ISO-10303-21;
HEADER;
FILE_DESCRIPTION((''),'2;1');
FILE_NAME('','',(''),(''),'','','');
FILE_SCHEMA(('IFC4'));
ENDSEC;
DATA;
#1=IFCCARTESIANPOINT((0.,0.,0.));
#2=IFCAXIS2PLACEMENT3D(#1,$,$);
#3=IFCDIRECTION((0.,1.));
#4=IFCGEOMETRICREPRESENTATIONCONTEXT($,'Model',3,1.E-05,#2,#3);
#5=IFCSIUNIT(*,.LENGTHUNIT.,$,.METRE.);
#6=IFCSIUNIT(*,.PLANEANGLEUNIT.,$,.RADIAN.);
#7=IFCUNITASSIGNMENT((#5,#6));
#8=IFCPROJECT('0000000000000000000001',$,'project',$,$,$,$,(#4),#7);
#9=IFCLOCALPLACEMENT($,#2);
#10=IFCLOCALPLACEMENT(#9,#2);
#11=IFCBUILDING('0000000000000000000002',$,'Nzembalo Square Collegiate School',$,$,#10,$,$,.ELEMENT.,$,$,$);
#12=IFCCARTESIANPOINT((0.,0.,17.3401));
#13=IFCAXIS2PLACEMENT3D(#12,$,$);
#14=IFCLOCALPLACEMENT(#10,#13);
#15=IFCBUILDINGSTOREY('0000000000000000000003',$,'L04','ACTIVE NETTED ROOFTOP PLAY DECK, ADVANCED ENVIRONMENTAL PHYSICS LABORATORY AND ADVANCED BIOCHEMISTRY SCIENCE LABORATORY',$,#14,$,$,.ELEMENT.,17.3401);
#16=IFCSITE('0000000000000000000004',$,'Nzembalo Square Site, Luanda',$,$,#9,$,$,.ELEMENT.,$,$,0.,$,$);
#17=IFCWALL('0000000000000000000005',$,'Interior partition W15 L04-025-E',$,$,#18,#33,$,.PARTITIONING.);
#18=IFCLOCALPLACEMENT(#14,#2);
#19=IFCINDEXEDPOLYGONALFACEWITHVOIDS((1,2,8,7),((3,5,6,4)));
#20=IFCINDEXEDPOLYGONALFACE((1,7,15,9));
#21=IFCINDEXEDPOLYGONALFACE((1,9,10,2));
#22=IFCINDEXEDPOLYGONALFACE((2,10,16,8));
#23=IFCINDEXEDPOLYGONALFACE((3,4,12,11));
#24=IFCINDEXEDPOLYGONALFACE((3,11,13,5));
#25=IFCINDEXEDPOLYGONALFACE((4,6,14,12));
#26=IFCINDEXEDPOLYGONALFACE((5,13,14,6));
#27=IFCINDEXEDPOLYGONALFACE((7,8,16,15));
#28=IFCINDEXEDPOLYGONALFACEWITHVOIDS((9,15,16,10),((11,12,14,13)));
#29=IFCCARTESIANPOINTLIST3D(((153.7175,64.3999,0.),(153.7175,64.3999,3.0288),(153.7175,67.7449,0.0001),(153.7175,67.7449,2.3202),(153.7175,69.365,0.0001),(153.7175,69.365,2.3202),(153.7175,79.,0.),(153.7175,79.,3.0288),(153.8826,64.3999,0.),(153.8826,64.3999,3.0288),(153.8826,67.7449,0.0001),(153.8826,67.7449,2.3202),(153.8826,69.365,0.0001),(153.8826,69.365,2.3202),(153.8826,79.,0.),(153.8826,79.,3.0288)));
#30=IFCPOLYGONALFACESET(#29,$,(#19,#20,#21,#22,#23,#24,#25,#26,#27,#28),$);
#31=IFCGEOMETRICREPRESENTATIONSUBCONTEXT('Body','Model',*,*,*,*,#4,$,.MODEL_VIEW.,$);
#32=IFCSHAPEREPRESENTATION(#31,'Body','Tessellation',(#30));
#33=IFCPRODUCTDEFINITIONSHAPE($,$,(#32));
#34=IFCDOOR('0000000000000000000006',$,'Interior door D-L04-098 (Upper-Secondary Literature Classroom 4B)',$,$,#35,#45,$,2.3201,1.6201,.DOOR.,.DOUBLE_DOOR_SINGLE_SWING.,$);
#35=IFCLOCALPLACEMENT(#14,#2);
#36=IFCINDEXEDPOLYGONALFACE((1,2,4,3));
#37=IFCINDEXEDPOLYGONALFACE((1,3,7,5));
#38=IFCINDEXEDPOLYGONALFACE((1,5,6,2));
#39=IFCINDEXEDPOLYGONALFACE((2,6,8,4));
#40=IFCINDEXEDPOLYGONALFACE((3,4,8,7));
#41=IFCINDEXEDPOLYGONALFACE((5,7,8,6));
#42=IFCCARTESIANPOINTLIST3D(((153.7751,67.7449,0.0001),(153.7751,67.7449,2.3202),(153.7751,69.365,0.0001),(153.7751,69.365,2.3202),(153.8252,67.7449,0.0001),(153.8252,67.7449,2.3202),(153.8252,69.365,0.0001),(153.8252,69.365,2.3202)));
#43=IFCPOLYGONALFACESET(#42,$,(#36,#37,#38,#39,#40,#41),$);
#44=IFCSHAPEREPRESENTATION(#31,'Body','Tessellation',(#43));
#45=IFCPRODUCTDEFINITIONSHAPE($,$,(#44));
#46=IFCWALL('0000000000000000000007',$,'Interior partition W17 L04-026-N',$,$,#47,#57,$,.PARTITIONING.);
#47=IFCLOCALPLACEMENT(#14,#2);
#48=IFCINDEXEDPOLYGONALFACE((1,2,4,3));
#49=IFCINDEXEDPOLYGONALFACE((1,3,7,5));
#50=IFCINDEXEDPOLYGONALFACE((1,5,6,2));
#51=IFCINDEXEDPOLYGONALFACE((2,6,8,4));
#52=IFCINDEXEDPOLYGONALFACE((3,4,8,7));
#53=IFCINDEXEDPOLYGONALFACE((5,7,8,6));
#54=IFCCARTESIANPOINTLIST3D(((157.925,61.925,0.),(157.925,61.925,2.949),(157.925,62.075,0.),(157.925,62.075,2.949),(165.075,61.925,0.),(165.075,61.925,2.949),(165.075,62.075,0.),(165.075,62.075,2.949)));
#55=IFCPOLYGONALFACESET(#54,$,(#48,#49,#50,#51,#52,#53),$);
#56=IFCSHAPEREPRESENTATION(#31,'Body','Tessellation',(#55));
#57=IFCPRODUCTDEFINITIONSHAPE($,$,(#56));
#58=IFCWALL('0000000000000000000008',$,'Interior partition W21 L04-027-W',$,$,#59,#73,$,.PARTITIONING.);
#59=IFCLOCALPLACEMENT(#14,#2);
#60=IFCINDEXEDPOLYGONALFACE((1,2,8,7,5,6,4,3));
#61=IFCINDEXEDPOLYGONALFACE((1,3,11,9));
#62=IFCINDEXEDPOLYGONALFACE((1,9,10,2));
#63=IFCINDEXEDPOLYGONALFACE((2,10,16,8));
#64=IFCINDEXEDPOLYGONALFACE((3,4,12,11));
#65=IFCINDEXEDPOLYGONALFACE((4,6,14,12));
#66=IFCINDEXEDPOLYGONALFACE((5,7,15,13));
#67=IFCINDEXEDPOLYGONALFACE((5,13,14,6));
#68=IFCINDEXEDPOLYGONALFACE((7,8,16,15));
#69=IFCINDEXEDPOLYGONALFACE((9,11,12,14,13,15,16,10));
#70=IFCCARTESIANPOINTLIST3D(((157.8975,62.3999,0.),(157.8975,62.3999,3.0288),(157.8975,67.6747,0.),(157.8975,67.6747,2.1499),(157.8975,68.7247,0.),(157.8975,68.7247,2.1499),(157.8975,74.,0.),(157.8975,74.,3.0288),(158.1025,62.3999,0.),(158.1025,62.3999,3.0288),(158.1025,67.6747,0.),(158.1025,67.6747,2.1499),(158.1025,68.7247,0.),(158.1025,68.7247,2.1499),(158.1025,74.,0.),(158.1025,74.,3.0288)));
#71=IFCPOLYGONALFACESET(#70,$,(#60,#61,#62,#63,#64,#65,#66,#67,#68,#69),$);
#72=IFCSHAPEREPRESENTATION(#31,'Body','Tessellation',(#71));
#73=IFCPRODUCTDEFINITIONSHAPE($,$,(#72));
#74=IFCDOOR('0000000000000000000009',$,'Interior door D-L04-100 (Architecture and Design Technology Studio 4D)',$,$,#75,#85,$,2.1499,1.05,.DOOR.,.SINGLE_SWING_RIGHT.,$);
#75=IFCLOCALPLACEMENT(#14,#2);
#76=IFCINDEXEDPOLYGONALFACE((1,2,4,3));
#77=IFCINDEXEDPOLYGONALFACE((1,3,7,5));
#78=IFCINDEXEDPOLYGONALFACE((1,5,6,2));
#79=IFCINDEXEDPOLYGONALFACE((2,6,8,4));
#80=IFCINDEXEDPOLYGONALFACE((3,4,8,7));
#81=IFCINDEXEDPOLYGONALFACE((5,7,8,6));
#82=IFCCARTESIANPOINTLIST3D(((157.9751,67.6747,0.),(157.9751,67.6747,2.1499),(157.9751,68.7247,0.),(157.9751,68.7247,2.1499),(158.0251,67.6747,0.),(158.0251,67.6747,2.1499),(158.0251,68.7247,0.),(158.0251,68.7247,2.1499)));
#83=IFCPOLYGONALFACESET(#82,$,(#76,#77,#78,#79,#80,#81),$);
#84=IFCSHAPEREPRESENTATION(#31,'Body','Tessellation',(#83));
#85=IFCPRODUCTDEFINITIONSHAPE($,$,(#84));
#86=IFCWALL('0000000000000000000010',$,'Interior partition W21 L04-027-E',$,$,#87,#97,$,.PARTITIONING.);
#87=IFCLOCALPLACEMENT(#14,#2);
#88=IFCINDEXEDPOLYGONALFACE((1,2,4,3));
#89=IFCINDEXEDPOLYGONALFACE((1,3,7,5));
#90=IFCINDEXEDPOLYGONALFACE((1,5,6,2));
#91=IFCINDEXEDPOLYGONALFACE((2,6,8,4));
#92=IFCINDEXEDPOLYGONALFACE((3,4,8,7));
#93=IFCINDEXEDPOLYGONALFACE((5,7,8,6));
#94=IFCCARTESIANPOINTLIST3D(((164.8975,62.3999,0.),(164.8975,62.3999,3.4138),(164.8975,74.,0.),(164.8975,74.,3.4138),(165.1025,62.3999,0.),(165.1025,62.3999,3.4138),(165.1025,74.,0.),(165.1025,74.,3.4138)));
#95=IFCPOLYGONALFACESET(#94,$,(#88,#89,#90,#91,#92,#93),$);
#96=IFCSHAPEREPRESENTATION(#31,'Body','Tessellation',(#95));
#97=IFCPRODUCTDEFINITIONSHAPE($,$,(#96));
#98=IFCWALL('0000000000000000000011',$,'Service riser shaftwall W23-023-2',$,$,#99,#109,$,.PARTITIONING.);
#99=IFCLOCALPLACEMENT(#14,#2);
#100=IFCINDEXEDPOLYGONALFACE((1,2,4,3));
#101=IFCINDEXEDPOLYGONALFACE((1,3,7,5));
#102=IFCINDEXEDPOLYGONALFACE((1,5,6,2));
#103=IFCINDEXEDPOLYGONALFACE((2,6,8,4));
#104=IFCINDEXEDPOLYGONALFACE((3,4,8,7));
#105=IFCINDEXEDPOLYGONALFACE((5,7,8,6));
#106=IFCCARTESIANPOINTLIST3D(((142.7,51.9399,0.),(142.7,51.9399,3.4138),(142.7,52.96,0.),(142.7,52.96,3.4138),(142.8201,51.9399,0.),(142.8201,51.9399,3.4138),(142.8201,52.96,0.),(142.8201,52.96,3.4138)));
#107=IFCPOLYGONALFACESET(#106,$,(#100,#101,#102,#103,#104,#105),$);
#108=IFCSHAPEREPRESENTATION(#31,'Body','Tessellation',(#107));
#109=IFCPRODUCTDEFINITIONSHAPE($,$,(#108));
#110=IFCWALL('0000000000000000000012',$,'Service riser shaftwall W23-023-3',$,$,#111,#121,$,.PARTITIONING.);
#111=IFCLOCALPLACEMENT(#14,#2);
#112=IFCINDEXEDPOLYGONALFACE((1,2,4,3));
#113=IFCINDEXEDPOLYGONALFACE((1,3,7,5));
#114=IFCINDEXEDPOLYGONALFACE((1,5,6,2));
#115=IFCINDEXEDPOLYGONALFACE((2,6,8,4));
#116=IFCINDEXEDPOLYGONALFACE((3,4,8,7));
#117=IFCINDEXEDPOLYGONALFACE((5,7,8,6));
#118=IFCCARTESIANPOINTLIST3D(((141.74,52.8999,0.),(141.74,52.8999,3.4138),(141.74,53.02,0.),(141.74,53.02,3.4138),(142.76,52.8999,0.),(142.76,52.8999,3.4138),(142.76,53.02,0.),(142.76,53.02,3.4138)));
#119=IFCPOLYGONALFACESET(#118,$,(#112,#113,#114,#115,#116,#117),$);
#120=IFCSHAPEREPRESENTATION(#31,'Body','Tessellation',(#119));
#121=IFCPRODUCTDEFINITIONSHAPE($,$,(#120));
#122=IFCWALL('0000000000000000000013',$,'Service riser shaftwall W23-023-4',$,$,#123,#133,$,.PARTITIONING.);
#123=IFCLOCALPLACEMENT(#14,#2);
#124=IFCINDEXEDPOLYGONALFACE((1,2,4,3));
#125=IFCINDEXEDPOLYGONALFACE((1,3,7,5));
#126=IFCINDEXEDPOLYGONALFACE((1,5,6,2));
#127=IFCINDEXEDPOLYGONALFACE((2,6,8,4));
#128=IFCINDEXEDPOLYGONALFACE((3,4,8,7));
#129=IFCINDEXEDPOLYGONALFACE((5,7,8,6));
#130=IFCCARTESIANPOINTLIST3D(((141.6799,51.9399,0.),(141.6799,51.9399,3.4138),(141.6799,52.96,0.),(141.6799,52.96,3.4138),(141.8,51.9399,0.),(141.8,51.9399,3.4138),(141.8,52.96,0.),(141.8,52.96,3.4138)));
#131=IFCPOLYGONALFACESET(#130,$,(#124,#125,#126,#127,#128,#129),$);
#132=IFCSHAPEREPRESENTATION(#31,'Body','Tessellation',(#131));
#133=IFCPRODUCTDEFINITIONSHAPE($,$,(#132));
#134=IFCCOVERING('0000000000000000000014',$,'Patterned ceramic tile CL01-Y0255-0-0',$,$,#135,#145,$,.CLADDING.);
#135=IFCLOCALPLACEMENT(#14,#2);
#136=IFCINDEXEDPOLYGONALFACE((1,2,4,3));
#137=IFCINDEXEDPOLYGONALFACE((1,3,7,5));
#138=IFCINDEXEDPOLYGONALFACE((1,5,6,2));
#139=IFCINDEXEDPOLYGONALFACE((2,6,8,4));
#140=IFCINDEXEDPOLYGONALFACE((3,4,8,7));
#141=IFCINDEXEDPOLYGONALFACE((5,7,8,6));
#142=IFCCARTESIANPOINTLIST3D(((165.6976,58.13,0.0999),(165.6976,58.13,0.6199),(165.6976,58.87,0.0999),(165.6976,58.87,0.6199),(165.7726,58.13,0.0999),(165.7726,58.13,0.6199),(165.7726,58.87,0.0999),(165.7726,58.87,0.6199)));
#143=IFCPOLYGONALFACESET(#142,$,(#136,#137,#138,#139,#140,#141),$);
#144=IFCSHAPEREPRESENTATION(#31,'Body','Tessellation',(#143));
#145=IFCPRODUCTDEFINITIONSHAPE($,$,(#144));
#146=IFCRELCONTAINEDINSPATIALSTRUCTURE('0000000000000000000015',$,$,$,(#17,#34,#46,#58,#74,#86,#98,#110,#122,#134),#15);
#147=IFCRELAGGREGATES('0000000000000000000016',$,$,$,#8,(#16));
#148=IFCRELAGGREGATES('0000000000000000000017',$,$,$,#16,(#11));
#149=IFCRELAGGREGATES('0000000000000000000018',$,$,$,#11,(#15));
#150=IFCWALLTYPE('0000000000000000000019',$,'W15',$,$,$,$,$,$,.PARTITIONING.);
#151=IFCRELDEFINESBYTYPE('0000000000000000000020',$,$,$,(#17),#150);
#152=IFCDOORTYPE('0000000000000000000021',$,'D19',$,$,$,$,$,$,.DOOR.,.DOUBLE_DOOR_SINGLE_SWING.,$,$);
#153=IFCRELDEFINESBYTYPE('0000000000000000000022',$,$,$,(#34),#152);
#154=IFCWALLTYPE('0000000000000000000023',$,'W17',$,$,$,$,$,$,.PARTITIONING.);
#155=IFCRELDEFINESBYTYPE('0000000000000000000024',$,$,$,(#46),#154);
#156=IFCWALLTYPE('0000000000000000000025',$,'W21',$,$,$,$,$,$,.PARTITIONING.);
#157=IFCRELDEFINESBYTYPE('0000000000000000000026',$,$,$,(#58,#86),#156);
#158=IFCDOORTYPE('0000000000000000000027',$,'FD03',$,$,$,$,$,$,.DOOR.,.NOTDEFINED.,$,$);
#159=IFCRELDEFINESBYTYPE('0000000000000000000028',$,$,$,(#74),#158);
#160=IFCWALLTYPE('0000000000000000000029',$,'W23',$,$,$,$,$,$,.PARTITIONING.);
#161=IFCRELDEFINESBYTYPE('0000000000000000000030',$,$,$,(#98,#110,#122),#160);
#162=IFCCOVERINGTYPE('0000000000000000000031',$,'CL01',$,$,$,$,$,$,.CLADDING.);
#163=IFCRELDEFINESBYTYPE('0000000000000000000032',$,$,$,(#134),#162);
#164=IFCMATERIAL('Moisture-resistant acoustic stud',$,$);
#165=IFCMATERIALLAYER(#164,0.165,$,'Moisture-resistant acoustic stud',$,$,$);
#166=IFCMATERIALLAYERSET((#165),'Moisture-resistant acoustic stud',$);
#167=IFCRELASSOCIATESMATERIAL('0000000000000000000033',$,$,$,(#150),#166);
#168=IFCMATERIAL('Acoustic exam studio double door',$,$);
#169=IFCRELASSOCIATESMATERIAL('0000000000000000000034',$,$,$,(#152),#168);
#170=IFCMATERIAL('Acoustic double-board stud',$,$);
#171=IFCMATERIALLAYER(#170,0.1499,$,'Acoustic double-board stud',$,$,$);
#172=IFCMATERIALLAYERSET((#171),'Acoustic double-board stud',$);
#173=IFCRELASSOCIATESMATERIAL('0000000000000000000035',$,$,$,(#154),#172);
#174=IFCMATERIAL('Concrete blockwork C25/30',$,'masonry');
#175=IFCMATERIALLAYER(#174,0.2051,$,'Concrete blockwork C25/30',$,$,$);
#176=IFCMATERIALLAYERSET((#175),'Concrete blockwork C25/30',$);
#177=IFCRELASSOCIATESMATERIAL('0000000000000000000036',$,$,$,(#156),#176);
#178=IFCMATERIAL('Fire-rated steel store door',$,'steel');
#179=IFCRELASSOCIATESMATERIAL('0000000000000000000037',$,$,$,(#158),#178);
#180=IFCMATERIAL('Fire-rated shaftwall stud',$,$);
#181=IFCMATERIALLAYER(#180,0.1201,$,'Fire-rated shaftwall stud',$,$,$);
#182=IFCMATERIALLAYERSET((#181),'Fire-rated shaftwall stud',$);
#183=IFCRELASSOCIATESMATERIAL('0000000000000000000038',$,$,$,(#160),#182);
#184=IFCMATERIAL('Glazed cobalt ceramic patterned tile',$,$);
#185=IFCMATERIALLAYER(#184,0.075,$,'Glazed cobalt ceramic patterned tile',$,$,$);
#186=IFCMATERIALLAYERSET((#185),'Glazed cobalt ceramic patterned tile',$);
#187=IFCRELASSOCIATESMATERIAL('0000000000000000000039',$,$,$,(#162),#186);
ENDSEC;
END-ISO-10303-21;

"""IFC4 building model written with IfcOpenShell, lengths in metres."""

from ifc_helpers import new_model, si_unit, direction, frame, frame_2d, origin, origin_2d, place, context, subcontext, project, spatial, rectangle, extrude, material, layer, layer_set, type_object, element, fill, save


model = new_model("IFC4")

# Units and contexts
model_context = context("Model", 3, precision=1e-05, world=origin(), true_north=direction((0.0, 1.0)))
body_context = subcontext(model_context, "Body", "Model", "MODEL_VIEW")
ifc_project = project(units=[si_unit("LENGTHUNIT", "METRE"), si_unit("PLANEANGLEUNIT", "RADIAN")], contexts=[model_context])

# Site, building, storey
site_placement = place(None, origin())
site = spatial("IfcSite", under=ifc_project, at=site_placement, Name="Nzembalo Square Site, Luanda", CompositionType="ELEMENT", RefElevation=0.0)
building_placement = place(site_placement, origin())
building = spatial("IfcBuilding", under=site, at=building_placement, Name="Nzembalo Square Collegiate School", CompositionType="ELEMENT")
storey_placement = place(building_placement, frame((0.0, 0.0, 17.3401)))
storey = spatial("IfcBuildingStorey", under=building, at=storey_placement, Name="L04", Description="ACTIVE NETTED ROOFTOP PLAY DECK, ADVANCED ENVIRONMENTAL PHYSICS LABORATORY AND ADVANCED BIOCHEMISTRY SCIENCE LABORATORY", CompositionType="ELEMENT", Elevation=17.3401)

# Wall, opening, door
ifc_material_1 = material(Name="Moisture-resistant acoustic stud")
ifc_layer_1 = layer(ifc_material_1, 0.165, Name="Moisture-resistant acoustic stud")
ifc_layer_set_1 = layer_set([ifc_layer_1], Name="Moisture-resistant acoustic stud")
wall_type_1 = type_object("IfcWallType", Name="W15", PredefinedType="PARTITIONING", material=ifc_layer_set_1)
wall_1_placement = place(storey_placement, frame((153.8, 64.3999, 0.0), z_axis=(0.0, 0.0, 1.0), x_axis=(0.0, 1.0, 0.0)))
wall_1 = element("IfcWall", 1, at=wall_1_placement, inside=storey, type_object=wall_type_1, Name="Interior partition W15 L04-025-E", PredefinedType="PARTITIONING", context=body_context, shape_type="SweptSolid", body=[
    extrude(rectangle(XDim=14.6001, YDim=0.165, at=frame_2d((7.3, 0.0))), origin(), (0.0, 0.0, 1.0), 3.0288),
])
opening_1_placement = place(wall_1_placement, frame((3.345, 0.0, 0.0)))
opening_1 = element("IfcOpeningElement", 2, at=opening_1_placement, cuts=wall_1, PredefinedType="OPENING", context=body_context, shape_type="SweptSolid", body=[
    extrude(rectangle(XDim=1.6201, YDim=2.3201, at=frame_2d((0.8101, 1.1602))), frame((0.0, 0.0925, 0.0), z_axis=(0.0, -1.0, 0.0), x_axis=(1.0, 0.0, 0.0)), (0.0, 0.0, 1.0), 0.1851),
])
ifc_material_2 = material(Name="Acoustic exam studio double door")
door_type_1 = type_object("IfcDoorType", Name="D19", OperationType="DOUBLE_DOOR_SINGLE_SWING", PredefinedType="DOOR", material=ifc_material_2)
door_1_placement = place(opening_1_placement, origin())
door_1 = element("IfcDoor", 3, at=door_1_placement, inside=storey, type_object=door_type_1, Name="Interior door D-L04-098 (Upper-Secondary Literature Classroom 4B)", OperationType="DOUBLE_DOOR_SINGLE_SWING", OverallHeight=2.3201, OverallWidth=1.6201, PredefinedType="DOOR", context=body_context, shape_type="SweptSolid", body=[
    extrude(rectangle(XDim=1.6201, YDim=2.3201, at=frame_2d((0.8101, 1.1602))), frame((0.0, 0.0249, 0.0), z_axis=(0.0, -1.0, 0.0), x_axis=(1.0, 0.0, 0.0)), (0.0, 0.0, 1.0), 0.05),
])
fill(opening_1, door_1)

# Wall
ifc_material_3 = material(Name="Acoustic double-board stud")
ifc_layer_2 = layer(ifc_material_3, 0.1499, Name="Acoustic double-board stud")
ifc_layer_set_2 = layer_set([ifc_layer_2], Name="Acoustic double-board stud")
wall_type_2 = type_object("IfcWallType", Name="W17", PredefinedType="PARTITIONING", material=ifc_layer_set_2)
wall_2_placement = place(storey_placement, frame((157.925, 62.0, 0.0), z_axis=(0.0, 0.0, 1.0), x_axis=(1.0, 0.0, 0.0)))
element("IfcWall", 4, at=wall_2_placement, inside=storey, type_object=wall_type_2, Name="Interior partition W17 L04-026-N", PredefinedType="PARTITIONING", context=body_context, shape_type="SweptSolid", body=[
    extrude(rectangle(XDim=7.1499, YDim=0.1499, at=frame_2d((3.575, 0.0))), origin(), (0.0, 0.0, 1.0), 2.949),
])

# Wall, opening, door
ifc_material_4 = material(Name="Concrete blockwork C25/30", Category="masonry")
ifc_layer_3 = layer(ifc_material_4, 0.2051, Name="Concrete blockwork C25/30")
ifc_layer_set_3 = layer_set([ifc_layer_3], Name="Concrete blockwork C25/30")
wall_type_3 = type_object("IfcWallType", Name="W21", PredefinedType="PARTITIONING", material=ifc_layer_set_3)
wall_3_placement = place(storey_placement, frame((158.0, 62.3999, 0.0), z_axis=(0.0, 0.0, 1.0), x_axis=(0.0, 1.0, 0.0)))
wall_3 = element("IfcWall", 5, at=wall_3_placement, inside=storey, type_object=wall_type_3, Name="Interior partition W21 L04-027-W", PredefinedType="PARTITIONING", context=body_context, shape_type="SweptSolid", body=[
    extrude(rectangle(XDim=11.6001, YDim=0.2051, at=frame_2d((5.8, 0.0))), origin(), (0.0, 0.0, 1.0), 3.0288),
])
opening_2_placement = place(wall_3_placement, frame((5.2749, 0.0, 0.0)))
opening_2 = element("IfcOpeningElement", 6, at=opening_2_placement, cuts=wall_3, PredefinedType="OPENING", context=body_context, shape_type="SweptSolid", body=[
    extrude(rectangle(XDim=1.05, YDim=2.1499, at=frame_2d((0.5249, 1.075))), frame((0.0, 0.1125, 0.0), z_axis=(0.0, -1.0, 0.0), x_axis=(1.0, 0.0, 0.0)), (0.0, 0.0, 1.0), 0.2251),
])
ifc_material_5 = material(Name="Fire-rated steel store door", Category="steel")
door_type_2 = type_object("IfcDoorType", Name="FD03", OperationType="NOTDEFINED", PredefinedType="DOOR", material=ifc_material_5)
door_2_placement = place(opening_2_placement, origin())
door_2 = element("IfcDoor", 7, at=door_2_placement, inside=storey, type_object=door_type_2, Name="Interior door D-L04-100 (Architecture and Design Technology Studio 4D)", OperationType="SINGLE_SWING_RIGHT", OverallHeight=2.1499, OverallWidth=1.05, PredefinedType="DOOR", context=body_context, shape_type="SweptSolid", body=[
    extrude(rectangle(XDim=1.05, YDim=2.1499, at=frame_2d((0.5249, 1.075))), frame((0.0, 0.0249, 0.0), z_axis=(0.0, -1.0, 0.0), x_axis=(1.0, 0.0, 0.0)), (0.0, 0.0, 1.0), 0.05),
])
fill(opening_2, door_2)

# Walls
wall_4_placement = place(storey_placement, frame((165.0, 62.3999, 0.0), z_axis=(0.0, 0.0, 1.0), x_axis=(0.0, 1.0, 0.0)))
element("IfcWall", 8, at=wall_4_placement, inside=storey, type_object=wall_type_3, Name="Interior partition W21 L04-027-E", PredefinedType="PARTITIONING", context=body_context, shape_type="SweptSolid", body=[
    extrude(rectangle(XDim=11.6001, YDim=0.2051, at=frame_2d((5.8, 0.0))), origin(), (0.0, 0.0, 1.0), 3.4138),
])
ifc_material_6 = material(Name="Fire-rated shaftwall stud")
ifc_layer_4 = layer(ifc_material_6, 0.1201, Name="Fire-rated shaftwall stud")
ifc_layer_set_4 = layer_set([ifc_layer_4], Name="Fire-rated shaftwall stud")
wall_type_4 = type_object("IfcWallType", Name="W23", PredefinedType="PARTITIONING", material=ifc_layer_set_4)
for number, where, z_axis, x_axis, name in (
    (9, (142.76, 51.9399, 0.0), (0.0, 0.0, 1.0), (0.0, 1.0, 0.0), "Service riser shaftwall W23-023-2"),
    (10, (142.76, 52.96, 0.0), (0.0, 0.0, 1.0), (-1.0, 0.0, 0.0), "Service riser shaftwall W23-023-3"),
    (11, (141.74, 52.96, 0.0), (0.0, 0.0, 1.0), (0.0, -1.0, 0.0), "Service riser shaftwall W23-023-4"),
):
    element("IfcWall", number, at=place(storey_placement, frame(where, z_axis=z_axis, x_axis=x_axis)), inside=storey, type_object=wall_type_4, Name=name, PredefinedType="PARTITIONING", context=body_context, shape_type="SweptSolid", body=[
        extrude(rectangle(XDim=1.02, YDim=0.1201, at=frame_2d((0.51, 0.0))), origin(), (0.0, 0.0, 1.0), 3.4138),
    ])

# Covering
ifc_material_7 = material(Name="Glazed cobalt ceramic patterned tile")
ifc_layer_5 = layer(ifc_material_7, 0.075, Name="Glazed cobalt ceramic patterned tile")
ifc_layer_set_5 = layer_set([ifc_layer_5], Name="Glazed cobalt ceramic patterned tile")
covering_type = type_object("IfcCoveringType", Name="CL01", PredefinedType="CLADDING", material=ifc_layer_set_5)
covering_placement = place(storey_placement, frame((165.7351, 58.5, 0.0999), z_axis=(0.0, 0.0, 1.0), x_axis=(1.0, 0.0, 0.0)))
element("IfcCovering", 12, at=covering_placement, inside=storey, type_object=covering_type, Name="Patterned ceramic tile CL01-Y0255-0-0", PredefinedType="CLADDING", context=body_context, shape_type="SweptSolid", body=[
    extrude(rectangle(XDim=0.075, YDim=0.74, at=origin_2d()), origin(), (0.0, 0.0, 1.0), 0.52),
])

save(model, "model.ifc")
